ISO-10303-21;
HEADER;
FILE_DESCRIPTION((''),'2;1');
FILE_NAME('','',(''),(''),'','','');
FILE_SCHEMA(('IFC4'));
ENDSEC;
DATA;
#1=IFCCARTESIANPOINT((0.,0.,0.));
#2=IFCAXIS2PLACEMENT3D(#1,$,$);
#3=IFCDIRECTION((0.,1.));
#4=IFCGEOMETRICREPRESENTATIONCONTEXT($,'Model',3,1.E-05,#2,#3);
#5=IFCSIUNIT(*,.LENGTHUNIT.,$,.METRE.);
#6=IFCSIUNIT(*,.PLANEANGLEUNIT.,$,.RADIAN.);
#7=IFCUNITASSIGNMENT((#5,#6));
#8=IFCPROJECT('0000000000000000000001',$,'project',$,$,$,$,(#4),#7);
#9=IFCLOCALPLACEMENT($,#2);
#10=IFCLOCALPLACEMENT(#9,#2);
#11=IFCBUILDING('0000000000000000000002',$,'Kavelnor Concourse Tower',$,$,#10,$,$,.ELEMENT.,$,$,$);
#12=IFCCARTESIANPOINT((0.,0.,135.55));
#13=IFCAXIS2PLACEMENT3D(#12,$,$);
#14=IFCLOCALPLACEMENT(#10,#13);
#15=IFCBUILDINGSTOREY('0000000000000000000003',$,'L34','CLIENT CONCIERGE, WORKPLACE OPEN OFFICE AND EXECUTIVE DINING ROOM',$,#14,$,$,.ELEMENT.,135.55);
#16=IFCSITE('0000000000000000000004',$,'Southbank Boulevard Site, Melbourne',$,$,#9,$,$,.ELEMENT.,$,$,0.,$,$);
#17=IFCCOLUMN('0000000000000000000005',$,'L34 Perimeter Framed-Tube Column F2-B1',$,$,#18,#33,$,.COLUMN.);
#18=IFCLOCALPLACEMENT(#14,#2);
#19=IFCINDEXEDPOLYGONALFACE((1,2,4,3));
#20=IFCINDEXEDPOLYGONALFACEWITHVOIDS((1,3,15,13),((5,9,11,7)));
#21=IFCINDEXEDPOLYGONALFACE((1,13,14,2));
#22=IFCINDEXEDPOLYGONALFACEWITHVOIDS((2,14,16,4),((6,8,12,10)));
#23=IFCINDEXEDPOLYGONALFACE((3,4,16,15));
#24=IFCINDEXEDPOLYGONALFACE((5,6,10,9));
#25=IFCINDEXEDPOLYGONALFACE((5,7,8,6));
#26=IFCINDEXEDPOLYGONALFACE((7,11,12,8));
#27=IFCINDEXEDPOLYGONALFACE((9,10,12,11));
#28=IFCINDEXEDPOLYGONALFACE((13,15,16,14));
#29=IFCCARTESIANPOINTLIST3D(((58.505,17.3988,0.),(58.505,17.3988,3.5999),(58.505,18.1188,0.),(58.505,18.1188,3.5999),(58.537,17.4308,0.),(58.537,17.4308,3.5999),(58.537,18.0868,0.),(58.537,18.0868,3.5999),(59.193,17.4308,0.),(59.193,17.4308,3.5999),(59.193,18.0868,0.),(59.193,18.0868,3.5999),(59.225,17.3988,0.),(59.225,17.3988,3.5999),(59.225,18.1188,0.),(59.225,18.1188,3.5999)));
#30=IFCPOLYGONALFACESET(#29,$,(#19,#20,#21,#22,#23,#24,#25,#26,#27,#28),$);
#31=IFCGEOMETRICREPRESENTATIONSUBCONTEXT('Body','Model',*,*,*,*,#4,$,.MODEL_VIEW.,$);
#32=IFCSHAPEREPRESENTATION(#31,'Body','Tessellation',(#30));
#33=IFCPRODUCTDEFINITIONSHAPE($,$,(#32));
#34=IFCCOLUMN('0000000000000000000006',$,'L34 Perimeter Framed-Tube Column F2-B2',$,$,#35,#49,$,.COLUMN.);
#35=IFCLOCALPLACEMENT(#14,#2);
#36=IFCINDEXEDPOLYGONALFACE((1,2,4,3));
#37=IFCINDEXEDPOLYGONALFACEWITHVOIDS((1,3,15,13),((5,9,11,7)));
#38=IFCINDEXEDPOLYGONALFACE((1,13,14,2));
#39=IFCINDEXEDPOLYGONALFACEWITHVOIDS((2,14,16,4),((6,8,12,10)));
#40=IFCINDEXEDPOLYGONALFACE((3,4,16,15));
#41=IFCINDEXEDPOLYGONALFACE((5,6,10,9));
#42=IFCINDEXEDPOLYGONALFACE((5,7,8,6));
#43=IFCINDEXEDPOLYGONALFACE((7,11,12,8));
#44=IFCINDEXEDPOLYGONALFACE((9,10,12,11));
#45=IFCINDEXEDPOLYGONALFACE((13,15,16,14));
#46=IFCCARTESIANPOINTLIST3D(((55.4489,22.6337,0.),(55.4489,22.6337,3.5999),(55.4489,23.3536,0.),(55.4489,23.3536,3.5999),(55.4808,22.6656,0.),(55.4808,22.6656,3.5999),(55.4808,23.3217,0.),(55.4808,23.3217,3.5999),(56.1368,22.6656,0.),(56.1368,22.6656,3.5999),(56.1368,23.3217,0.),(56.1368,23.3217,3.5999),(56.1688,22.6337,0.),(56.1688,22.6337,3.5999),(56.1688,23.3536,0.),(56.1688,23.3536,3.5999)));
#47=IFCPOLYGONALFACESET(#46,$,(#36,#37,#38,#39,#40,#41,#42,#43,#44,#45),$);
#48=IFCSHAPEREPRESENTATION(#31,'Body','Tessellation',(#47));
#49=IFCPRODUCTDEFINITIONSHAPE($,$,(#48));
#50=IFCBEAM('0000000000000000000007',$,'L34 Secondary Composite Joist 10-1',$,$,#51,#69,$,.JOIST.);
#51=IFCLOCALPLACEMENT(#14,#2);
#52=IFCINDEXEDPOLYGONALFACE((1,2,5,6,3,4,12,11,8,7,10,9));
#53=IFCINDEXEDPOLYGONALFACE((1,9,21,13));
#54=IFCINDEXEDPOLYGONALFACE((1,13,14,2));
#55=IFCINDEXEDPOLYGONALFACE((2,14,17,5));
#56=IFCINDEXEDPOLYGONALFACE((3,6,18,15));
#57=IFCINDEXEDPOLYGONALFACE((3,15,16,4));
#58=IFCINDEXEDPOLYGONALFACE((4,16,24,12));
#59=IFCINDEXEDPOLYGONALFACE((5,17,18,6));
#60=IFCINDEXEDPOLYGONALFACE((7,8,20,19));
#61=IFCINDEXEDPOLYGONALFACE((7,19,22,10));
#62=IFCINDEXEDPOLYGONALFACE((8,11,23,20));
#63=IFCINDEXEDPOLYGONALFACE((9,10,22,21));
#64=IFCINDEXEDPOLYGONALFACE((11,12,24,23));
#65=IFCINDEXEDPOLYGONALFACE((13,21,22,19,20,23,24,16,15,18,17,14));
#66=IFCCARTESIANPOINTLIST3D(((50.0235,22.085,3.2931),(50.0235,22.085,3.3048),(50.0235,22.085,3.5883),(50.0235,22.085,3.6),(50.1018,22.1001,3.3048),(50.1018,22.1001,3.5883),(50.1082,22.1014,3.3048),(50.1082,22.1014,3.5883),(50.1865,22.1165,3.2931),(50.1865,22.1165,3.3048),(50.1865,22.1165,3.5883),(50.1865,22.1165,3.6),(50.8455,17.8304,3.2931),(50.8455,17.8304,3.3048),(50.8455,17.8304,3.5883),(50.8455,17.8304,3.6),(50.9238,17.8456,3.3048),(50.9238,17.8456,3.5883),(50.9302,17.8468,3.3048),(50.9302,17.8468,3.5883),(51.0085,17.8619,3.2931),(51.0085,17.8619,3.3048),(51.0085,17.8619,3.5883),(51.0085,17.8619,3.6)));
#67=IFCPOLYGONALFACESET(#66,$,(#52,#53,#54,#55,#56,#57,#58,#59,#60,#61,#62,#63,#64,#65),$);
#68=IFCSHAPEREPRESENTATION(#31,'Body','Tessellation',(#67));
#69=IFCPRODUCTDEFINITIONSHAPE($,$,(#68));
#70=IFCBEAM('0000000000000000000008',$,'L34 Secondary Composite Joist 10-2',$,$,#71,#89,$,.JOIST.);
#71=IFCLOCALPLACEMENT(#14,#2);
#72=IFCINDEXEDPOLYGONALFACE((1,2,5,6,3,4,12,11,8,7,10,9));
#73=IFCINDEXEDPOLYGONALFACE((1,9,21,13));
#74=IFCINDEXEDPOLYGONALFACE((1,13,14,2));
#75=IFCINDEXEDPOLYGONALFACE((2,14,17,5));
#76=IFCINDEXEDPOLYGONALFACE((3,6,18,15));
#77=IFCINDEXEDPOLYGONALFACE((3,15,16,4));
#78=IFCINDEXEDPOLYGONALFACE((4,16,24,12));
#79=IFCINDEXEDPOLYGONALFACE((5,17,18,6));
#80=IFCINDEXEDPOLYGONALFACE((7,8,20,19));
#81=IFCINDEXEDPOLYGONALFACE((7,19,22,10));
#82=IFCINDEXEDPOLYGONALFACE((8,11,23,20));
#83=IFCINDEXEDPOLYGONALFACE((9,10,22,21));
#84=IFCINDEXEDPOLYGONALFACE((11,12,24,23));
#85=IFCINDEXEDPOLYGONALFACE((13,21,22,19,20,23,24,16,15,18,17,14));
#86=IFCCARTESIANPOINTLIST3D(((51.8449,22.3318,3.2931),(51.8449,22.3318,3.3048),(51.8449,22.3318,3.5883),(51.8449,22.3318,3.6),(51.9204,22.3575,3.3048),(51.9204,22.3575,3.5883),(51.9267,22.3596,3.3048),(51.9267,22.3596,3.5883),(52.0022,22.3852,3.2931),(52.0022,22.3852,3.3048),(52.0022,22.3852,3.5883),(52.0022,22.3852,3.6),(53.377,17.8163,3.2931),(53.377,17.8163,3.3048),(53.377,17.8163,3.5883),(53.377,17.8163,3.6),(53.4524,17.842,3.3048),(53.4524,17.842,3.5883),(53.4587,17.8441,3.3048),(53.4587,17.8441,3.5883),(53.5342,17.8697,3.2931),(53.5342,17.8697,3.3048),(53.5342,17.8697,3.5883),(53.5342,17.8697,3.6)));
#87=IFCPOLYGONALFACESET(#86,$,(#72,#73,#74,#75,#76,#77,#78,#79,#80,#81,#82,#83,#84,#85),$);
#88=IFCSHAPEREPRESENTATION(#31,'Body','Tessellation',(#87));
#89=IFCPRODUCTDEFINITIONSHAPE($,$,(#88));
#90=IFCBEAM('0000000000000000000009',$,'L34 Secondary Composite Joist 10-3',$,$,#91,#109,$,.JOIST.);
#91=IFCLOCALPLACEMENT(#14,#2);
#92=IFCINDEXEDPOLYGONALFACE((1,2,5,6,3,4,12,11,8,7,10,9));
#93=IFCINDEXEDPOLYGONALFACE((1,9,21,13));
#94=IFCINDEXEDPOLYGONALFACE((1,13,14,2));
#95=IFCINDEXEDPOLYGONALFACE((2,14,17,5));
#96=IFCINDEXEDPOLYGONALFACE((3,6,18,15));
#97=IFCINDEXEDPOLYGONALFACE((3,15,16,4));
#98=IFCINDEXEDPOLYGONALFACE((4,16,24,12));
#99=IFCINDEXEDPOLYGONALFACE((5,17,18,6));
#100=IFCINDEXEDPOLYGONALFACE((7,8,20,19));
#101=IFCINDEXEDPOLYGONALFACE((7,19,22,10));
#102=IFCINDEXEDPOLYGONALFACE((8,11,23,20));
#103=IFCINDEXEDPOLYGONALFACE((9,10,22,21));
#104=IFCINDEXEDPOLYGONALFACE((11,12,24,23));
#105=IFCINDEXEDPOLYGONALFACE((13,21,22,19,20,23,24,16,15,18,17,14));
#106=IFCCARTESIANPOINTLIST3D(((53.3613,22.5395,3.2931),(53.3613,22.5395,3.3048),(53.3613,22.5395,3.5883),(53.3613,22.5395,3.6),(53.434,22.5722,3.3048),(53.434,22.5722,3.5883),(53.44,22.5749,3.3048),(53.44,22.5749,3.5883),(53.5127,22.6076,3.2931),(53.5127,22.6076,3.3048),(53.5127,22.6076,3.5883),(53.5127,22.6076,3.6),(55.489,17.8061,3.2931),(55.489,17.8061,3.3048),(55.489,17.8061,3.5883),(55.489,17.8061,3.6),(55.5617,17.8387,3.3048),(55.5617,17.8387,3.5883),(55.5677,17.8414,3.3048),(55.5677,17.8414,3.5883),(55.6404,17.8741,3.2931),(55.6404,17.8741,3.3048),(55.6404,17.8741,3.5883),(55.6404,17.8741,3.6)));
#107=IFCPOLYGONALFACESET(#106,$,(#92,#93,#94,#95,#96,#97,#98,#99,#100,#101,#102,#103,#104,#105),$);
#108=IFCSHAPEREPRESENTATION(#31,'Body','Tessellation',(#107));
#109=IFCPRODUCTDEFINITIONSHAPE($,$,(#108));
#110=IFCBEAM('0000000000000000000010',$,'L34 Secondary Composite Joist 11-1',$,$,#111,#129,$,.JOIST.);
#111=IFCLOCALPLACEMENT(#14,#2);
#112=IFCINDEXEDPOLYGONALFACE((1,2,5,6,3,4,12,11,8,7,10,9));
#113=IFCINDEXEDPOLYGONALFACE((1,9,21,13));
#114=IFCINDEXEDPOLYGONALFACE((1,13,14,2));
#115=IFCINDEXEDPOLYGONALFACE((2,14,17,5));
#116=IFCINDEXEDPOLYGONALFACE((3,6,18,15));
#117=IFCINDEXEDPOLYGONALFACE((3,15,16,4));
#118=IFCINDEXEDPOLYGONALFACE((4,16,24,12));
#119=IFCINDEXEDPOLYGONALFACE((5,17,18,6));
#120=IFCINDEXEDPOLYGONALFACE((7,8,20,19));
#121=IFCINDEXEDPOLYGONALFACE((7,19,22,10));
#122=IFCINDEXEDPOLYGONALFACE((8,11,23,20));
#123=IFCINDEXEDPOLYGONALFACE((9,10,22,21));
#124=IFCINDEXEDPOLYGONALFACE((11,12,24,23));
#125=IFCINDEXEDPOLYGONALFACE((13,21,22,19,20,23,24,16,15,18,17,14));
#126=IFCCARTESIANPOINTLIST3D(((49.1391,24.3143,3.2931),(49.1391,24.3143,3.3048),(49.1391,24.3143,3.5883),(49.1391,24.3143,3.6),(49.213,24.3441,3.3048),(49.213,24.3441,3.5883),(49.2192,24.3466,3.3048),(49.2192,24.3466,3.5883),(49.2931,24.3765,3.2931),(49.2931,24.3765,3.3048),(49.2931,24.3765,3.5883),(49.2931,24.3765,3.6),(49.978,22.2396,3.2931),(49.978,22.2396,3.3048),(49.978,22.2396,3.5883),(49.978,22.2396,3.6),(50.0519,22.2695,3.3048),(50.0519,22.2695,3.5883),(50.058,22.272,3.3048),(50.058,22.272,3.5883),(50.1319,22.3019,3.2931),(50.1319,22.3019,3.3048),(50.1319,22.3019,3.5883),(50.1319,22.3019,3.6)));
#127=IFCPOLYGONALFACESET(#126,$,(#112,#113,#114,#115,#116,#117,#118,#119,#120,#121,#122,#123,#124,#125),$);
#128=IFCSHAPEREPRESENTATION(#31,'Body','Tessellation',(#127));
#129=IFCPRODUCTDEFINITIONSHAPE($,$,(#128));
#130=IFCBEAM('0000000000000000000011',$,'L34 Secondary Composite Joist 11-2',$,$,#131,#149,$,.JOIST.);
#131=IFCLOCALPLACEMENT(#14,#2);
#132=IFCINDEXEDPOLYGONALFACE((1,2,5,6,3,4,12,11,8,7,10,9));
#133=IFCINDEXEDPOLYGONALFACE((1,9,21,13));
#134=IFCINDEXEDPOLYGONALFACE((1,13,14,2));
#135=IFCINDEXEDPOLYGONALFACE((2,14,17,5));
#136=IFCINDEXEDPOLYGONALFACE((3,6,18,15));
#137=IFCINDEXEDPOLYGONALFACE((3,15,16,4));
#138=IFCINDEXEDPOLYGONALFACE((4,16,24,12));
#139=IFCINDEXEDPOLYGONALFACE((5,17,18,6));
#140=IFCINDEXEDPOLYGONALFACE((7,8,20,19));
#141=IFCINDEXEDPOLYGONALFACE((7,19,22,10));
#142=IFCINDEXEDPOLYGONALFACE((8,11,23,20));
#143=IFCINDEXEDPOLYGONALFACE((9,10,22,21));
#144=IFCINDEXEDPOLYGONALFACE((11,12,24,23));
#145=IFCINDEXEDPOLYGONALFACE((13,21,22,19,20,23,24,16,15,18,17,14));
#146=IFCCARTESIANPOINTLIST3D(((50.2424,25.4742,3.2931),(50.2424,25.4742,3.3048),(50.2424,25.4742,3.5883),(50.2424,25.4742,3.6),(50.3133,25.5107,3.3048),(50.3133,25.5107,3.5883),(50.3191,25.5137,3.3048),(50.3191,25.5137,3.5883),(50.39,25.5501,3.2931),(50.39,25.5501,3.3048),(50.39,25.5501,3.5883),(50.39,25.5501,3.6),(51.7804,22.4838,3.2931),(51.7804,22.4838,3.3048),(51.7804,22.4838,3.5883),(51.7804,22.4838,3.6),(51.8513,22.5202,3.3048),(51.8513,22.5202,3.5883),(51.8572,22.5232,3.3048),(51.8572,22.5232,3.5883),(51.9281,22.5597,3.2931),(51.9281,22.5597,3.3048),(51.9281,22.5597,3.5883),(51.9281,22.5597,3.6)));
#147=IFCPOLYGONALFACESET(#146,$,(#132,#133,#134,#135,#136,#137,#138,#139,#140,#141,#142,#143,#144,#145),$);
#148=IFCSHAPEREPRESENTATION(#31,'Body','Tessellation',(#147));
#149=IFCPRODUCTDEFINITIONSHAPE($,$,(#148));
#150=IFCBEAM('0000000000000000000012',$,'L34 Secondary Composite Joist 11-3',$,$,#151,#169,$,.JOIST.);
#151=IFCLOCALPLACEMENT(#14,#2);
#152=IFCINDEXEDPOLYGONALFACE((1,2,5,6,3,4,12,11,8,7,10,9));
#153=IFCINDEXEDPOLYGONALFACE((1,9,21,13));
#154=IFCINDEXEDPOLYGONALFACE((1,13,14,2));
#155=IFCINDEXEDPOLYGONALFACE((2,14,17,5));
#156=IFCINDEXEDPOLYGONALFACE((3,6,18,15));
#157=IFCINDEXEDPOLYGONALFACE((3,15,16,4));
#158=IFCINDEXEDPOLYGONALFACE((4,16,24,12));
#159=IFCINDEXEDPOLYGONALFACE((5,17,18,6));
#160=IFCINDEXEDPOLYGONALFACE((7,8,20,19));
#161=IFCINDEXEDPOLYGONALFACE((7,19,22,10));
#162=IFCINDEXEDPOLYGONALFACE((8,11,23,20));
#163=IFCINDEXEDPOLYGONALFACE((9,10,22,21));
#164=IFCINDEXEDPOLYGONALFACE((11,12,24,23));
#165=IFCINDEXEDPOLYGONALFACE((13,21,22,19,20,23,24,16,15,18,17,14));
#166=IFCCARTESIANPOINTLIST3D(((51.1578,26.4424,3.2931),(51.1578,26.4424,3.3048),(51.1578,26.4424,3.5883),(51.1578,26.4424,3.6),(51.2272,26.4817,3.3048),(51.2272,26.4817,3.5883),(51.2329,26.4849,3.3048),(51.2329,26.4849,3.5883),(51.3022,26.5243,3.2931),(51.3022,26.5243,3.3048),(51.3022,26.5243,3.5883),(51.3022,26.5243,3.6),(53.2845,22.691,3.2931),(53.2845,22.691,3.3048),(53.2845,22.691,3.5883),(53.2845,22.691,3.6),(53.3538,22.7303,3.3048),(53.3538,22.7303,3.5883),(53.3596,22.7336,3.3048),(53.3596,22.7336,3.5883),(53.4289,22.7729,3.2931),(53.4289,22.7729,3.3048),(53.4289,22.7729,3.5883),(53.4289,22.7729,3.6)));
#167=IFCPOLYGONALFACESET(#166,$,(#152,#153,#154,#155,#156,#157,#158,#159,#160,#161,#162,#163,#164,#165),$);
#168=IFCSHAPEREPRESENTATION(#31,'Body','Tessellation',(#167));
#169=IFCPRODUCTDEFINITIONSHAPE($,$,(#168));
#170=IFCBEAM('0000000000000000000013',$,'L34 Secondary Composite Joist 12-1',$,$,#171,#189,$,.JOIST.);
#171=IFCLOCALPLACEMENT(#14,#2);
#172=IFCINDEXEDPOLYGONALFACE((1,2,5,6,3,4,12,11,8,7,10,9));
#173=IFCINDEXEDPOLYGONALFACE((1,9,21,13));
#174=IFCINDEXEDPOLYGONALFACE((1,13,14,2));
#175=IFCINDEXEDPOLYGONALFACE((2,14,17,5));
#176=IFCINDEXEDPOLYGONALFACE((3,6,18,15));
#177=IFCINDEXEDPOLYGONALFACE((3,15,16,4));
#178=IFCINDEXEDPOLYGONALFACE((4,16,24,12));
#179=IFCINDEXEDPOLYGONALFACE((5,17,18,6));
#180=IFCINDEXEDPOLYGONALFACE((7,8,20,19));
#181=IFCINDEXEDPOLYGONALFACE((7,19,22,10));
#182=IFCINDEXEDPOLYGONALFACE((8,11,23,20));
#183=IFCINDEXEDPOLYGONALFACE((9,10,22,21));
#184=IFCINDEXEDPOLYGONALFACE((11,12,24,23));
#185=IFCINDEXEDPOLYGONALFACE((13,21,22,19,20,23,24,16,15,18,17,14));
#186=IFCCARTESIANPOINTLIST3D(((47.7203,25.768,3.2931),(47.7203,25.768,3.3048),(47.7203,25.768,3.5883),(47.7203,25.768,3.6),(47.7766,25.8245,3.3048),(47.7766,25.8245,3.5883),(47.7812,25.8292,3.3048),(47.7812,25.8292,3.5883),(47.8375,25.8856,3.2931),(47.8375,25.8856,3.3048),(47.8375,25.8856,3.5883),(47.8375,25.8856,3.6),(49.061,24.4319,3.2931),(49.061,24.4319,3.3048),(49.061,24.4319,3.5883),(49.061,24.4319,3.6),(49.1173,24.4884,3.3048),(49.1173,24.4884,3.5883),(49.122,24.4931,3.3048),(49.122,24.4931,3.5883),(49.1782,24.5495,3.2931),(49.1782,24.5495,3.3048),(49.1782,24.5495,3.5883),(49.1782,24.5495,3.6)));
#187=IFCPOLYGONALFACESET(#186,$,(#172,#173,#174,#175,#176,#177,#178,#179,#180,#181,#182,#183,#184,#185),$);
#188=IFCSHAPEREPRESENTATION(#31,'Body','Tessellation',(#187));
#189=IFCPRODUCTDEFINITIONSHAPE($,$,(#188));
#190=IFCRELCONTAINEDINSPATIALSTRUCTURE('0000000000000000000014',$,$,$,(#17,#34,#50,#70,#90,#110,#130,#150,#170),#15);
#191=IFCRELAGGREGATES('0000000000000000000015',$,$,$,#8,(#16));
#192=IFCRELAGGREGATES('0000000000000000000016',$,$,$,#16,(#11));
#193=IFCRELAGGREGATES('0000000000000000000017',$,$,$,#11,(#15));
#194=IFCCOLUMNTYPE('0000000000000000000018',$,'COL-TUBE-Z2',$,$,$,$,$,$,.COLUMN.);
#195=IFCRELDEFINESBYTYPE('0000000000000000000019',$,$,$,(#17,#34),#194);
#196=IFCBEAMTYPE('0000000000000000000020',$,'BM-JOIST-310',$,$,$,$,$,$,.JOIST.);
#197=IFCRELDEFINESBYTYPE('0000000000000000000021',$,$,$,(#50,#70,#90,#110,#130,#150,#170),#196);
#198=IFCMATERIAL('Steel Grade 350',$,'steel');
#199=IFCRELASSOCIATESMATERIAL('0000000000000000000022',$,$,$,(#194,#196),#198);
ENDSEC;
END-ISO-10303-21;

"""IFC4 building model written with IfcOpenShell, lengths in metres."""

from ifc_helpers import new_model, si_unit, direction, frame, origin, origin_2d, place, context, subcontext, project, spatial, hollow_rectangle, i_section, extrude, material, material_profile, profile_set, type_object, element, save


model = new_model("IFC4")

# Units and contexts
model_context = context("Model", 3, precision=1e-05, world=origin(), true_north=direction((0.0, 1.0)))
body_context = subcontext(model_context, "Body", "Model", "MODEL_VIEW")
ifc_project = project(units=[si_unit("LENGTHUNIT", "METRE"), si_unit("PLANEANGLEUNIT", "RADIAN")], contexts=[model_context])

# Site, building, storey
site_placement = place(None, origin())
site = spatial("IfcSite", under=ifc_project, at=site_placement, Name="Southbank Boulevard Site, Melbourne", CompositionType="ELEMENT", RefElevation=0.0)
building_placement = place(site_placement, origin())
building = spatial("IfcBuilding", under=site, at=building_placement, Name="Kavelnor Concourse Tower", CompositionType="ELEMENT")
storey_placement = place(building_placement, frame((0.0, 0.0, 135.55)))
storey = spatial("IfcBuildingStorey", under=building, at=storey_placement, Name="L34", Description="CLIENT CONCIERGE, WORKPLACE OPEN OFFICE AND EXECUTIVE DINING ROOM", CompositionType="ELEMENT", Elevation=135.55)

# Columns
ifc_material_1 = material(Name="Steel Grade 350", Category="steel")
ifc_material_profile_1 = material_profile(ifc_material_1, hollow_rectangle(XDim=0.72, YDim=0.72, WallThickness=0.032, at=origin_2d()), Name="SHS 720x720x32")
ifc_profile_set_1 = profile_set([ifc_material_profile_1], Name="Steel Grade 350")
column_type = type_object("IfcColumnType", Name="COL-TUBE-Z2", PredefinedType="COLUMN", material=ifc_profile_set_1)
for number, where, z_axis, x_axis, name in (
    (1, (58.865, 17.7588, 0.0), (0.0, 0.0, 1.0), (1.0, 0.0, 0.0), "L34 Perimeter Framed-Tube Column F2-B1"),
    (2, (55.8088, 22.9937, 0.0), (0.0, 0.0, 1.0), (1.0, 0.0, 0.0), "L34 Perimeter Framed-Tube Column F2-B2"),
):
    element("IfcColumn", number, at=place(storey_placement, frame(where, z_axis=z_axis, x_axis=x_axis)), inside=storey, type_object=column_type, Name=name, PredefinedType="COLUMN", context=body_context, shape_type="SweptSolid", body=[
        extrude(hollow_rectangle(XDim=0.72, YDim=0.72, WallThickness=0.032, at=origin_2d()), origin(), (0.0, 0.0, 1.0), 3.5999),
    ])

# Beams
ifc_material_profile_2 = material_profile(ifc_material_1, i_section(OverallWidth=0.166, OverallDepth=0.3069, WebThickness=0.0066, FlangeThickness=0.0117, at=origin_2d()), Name="310UB46")
ifc_profile_set_2 = profile_set([ifc_material_profile_2], Name="Steel Grade 350")
beam_type_1 = type_object("IfcBeamType", Name="BM-JOIST-310", PredefinedType="JOIST", material=ifc_profile_set_2)
beam_1_placement = place(storey_placement, frame((50.927, 17.8462, 3.4465), z_axis=(-0.189698, 0.981843, 0.0), x_axis=(-0.981843, -0.189698, 0.0)))
element("IfcBeam", 3, at=beam_1_placement, inside=storey, type_object=beam_type_1, Name="L34 Secondary Composite Joist 10-1", PredefinedType="JOIST", context=body_context, shape_type="SweptSolid", body=[
    extrude(i_section(OverallWidth=0.166, OverallDepth=0.3069, WebThickness=0.0066, FlangeThickness=0.0117, at=origin_2d()), origin(), (0.0, 0.0, 1.0), 4.3333),
])
beam_2_placement = place(storey_placement, frame((53.4556, 17.843, 3.4465), z_axis=(-0.321292, 0.94698, 0.0), x_axis=(-0.94698, -0.321292, 0.0)))
element("IfcBeam", 4, at=beam_2_placement, inside=storey, type_object=beam_type_1, Name="L34 Secondary Composite Joist 10-2", PredefinedType="JOIST", context=body_context, shape_type="SweptSolid", body=[
    extrude(i_section(OverallWidth=0.166, OverallDepth=0.3069, WebThickness=0.0066, FlangeThickness=0.0117, at=origin_2d()), origin(), (0.0, 0.0, 1.0), 4.7683),
])
beam_3_placement = place(storey_placement, frame((55.5647, 17.8401, 3.4465), z_axis=(-0.409989, 0.91209, 0.0), x_axis=(-0.91209, -0.409989, 0.0)))
element("IfcBeam", 5, at=beam_3_placement, inside=storey, type_object=beam_type_1, Name="L34 Secondary Composite Joist 10-3", PredefinedType="JOIST", context=body_context, shape_type="SweptSolid", body=[
    extrude(i_section(OverallWidth=0.166, OverallDepth=0.3069, WebThickness=0.0066, FlangeThickness=0.0117, at=origin_2d()), origin(), (0.0, 0.0, 1.0), 5.1897),
])
beam_4_placement = place(storey_placement, frame((50.0549, 22.2708, 3.4465), z_axis=(-0.374849, 0.927086, 0.0), x_axis=(-0.927086, -0.374849, 0.0)))
element("IfcBeam", 6, at=beam_4_placement, inside=storey, type_object=beam_type_1, Name="L34 Secondary Composite Joist 11-1", PredefinedType="JOIST", context=body_context, shape_type="SweptSolid", body=[
    extrude(i_section(OverallWidth=0.166, OverallDepth=0.3069, WebThickness=0.0066, FlangeThickness=0.0117, at=origin_2d()), origin(), (0.0, 0.0, 1.0), 2.2378),
])
beam_5_placement = place(storey_placement, frame((51.8542, 22.5217, 3.4465), z_axis=(-0.457378, 0.889273, 0.0), x_axis=(-0.889273, -0.457378, 0.0)))
element("IfcBeam", 7, at=beam_5_placement, inside=storey, type_object=beam_type_1, Name="L34 Secondary Composite Joist 11-2", PredefinedType="JOIST", context=body_context, shape_type="SweptSolid", body=[
    extrude(i_section(OverallWidth=0.166, OverallDepth=0.3069, WebThickness=0.0066, FlangeThickness=0.0117, at=origin_2d()), origin(), (0.0, 0.0, 1.0), 3.3628),
])
beam_6_placement = place(storey_placement, frame((53.3567, 22.7319, 3.4465), z_axis=(-0.493167, 0.869935, 0.0), x_axis=(-0.869935, -0.493167, 0.0)))
element("IfcBeam", 8, at=beam_6_placement, inside=storey, type_object=beam_type_1, Name="L34 Secondary Composite Joist 11-3", PredefinedType="JOIST", context=body_context, shape_type="SweptSolid", body=[
    extrude(i_section(OverallWidth=0.166, OverallDepth=0.3069, WebThickness=0.0066, FlangeThickness=0.0117, at=origin_2d()), origin(), (0.0, 0.0, 1.0), 4.3123),
])
beam_7_placement = place(storey_placement, frame((49.1196, 24.4907, 3.4465), z_axis=(-0.708331, 0.70588, 0.0), x_axis=(-0.70588, -0.708331, 0.0)))
element("IfcBeam", 9, at=beam_7_placement, inside=storey, type_object=beam_type_1, Name="L34 Secondary Composite Joist 12-1", PredefinedType="JOIST", context=body_context, shape_type="SweptSolid", body=[
    extrude(i_section(OverallWidth=0.166, OverallDepth=0.3069, WebThickness=0.0066, FlangeThickness=0.0117, at=origin_2d()), origin(), (0.0, 0.0, 1.0), 1.8928),
])

save(model, "model.ifc")
